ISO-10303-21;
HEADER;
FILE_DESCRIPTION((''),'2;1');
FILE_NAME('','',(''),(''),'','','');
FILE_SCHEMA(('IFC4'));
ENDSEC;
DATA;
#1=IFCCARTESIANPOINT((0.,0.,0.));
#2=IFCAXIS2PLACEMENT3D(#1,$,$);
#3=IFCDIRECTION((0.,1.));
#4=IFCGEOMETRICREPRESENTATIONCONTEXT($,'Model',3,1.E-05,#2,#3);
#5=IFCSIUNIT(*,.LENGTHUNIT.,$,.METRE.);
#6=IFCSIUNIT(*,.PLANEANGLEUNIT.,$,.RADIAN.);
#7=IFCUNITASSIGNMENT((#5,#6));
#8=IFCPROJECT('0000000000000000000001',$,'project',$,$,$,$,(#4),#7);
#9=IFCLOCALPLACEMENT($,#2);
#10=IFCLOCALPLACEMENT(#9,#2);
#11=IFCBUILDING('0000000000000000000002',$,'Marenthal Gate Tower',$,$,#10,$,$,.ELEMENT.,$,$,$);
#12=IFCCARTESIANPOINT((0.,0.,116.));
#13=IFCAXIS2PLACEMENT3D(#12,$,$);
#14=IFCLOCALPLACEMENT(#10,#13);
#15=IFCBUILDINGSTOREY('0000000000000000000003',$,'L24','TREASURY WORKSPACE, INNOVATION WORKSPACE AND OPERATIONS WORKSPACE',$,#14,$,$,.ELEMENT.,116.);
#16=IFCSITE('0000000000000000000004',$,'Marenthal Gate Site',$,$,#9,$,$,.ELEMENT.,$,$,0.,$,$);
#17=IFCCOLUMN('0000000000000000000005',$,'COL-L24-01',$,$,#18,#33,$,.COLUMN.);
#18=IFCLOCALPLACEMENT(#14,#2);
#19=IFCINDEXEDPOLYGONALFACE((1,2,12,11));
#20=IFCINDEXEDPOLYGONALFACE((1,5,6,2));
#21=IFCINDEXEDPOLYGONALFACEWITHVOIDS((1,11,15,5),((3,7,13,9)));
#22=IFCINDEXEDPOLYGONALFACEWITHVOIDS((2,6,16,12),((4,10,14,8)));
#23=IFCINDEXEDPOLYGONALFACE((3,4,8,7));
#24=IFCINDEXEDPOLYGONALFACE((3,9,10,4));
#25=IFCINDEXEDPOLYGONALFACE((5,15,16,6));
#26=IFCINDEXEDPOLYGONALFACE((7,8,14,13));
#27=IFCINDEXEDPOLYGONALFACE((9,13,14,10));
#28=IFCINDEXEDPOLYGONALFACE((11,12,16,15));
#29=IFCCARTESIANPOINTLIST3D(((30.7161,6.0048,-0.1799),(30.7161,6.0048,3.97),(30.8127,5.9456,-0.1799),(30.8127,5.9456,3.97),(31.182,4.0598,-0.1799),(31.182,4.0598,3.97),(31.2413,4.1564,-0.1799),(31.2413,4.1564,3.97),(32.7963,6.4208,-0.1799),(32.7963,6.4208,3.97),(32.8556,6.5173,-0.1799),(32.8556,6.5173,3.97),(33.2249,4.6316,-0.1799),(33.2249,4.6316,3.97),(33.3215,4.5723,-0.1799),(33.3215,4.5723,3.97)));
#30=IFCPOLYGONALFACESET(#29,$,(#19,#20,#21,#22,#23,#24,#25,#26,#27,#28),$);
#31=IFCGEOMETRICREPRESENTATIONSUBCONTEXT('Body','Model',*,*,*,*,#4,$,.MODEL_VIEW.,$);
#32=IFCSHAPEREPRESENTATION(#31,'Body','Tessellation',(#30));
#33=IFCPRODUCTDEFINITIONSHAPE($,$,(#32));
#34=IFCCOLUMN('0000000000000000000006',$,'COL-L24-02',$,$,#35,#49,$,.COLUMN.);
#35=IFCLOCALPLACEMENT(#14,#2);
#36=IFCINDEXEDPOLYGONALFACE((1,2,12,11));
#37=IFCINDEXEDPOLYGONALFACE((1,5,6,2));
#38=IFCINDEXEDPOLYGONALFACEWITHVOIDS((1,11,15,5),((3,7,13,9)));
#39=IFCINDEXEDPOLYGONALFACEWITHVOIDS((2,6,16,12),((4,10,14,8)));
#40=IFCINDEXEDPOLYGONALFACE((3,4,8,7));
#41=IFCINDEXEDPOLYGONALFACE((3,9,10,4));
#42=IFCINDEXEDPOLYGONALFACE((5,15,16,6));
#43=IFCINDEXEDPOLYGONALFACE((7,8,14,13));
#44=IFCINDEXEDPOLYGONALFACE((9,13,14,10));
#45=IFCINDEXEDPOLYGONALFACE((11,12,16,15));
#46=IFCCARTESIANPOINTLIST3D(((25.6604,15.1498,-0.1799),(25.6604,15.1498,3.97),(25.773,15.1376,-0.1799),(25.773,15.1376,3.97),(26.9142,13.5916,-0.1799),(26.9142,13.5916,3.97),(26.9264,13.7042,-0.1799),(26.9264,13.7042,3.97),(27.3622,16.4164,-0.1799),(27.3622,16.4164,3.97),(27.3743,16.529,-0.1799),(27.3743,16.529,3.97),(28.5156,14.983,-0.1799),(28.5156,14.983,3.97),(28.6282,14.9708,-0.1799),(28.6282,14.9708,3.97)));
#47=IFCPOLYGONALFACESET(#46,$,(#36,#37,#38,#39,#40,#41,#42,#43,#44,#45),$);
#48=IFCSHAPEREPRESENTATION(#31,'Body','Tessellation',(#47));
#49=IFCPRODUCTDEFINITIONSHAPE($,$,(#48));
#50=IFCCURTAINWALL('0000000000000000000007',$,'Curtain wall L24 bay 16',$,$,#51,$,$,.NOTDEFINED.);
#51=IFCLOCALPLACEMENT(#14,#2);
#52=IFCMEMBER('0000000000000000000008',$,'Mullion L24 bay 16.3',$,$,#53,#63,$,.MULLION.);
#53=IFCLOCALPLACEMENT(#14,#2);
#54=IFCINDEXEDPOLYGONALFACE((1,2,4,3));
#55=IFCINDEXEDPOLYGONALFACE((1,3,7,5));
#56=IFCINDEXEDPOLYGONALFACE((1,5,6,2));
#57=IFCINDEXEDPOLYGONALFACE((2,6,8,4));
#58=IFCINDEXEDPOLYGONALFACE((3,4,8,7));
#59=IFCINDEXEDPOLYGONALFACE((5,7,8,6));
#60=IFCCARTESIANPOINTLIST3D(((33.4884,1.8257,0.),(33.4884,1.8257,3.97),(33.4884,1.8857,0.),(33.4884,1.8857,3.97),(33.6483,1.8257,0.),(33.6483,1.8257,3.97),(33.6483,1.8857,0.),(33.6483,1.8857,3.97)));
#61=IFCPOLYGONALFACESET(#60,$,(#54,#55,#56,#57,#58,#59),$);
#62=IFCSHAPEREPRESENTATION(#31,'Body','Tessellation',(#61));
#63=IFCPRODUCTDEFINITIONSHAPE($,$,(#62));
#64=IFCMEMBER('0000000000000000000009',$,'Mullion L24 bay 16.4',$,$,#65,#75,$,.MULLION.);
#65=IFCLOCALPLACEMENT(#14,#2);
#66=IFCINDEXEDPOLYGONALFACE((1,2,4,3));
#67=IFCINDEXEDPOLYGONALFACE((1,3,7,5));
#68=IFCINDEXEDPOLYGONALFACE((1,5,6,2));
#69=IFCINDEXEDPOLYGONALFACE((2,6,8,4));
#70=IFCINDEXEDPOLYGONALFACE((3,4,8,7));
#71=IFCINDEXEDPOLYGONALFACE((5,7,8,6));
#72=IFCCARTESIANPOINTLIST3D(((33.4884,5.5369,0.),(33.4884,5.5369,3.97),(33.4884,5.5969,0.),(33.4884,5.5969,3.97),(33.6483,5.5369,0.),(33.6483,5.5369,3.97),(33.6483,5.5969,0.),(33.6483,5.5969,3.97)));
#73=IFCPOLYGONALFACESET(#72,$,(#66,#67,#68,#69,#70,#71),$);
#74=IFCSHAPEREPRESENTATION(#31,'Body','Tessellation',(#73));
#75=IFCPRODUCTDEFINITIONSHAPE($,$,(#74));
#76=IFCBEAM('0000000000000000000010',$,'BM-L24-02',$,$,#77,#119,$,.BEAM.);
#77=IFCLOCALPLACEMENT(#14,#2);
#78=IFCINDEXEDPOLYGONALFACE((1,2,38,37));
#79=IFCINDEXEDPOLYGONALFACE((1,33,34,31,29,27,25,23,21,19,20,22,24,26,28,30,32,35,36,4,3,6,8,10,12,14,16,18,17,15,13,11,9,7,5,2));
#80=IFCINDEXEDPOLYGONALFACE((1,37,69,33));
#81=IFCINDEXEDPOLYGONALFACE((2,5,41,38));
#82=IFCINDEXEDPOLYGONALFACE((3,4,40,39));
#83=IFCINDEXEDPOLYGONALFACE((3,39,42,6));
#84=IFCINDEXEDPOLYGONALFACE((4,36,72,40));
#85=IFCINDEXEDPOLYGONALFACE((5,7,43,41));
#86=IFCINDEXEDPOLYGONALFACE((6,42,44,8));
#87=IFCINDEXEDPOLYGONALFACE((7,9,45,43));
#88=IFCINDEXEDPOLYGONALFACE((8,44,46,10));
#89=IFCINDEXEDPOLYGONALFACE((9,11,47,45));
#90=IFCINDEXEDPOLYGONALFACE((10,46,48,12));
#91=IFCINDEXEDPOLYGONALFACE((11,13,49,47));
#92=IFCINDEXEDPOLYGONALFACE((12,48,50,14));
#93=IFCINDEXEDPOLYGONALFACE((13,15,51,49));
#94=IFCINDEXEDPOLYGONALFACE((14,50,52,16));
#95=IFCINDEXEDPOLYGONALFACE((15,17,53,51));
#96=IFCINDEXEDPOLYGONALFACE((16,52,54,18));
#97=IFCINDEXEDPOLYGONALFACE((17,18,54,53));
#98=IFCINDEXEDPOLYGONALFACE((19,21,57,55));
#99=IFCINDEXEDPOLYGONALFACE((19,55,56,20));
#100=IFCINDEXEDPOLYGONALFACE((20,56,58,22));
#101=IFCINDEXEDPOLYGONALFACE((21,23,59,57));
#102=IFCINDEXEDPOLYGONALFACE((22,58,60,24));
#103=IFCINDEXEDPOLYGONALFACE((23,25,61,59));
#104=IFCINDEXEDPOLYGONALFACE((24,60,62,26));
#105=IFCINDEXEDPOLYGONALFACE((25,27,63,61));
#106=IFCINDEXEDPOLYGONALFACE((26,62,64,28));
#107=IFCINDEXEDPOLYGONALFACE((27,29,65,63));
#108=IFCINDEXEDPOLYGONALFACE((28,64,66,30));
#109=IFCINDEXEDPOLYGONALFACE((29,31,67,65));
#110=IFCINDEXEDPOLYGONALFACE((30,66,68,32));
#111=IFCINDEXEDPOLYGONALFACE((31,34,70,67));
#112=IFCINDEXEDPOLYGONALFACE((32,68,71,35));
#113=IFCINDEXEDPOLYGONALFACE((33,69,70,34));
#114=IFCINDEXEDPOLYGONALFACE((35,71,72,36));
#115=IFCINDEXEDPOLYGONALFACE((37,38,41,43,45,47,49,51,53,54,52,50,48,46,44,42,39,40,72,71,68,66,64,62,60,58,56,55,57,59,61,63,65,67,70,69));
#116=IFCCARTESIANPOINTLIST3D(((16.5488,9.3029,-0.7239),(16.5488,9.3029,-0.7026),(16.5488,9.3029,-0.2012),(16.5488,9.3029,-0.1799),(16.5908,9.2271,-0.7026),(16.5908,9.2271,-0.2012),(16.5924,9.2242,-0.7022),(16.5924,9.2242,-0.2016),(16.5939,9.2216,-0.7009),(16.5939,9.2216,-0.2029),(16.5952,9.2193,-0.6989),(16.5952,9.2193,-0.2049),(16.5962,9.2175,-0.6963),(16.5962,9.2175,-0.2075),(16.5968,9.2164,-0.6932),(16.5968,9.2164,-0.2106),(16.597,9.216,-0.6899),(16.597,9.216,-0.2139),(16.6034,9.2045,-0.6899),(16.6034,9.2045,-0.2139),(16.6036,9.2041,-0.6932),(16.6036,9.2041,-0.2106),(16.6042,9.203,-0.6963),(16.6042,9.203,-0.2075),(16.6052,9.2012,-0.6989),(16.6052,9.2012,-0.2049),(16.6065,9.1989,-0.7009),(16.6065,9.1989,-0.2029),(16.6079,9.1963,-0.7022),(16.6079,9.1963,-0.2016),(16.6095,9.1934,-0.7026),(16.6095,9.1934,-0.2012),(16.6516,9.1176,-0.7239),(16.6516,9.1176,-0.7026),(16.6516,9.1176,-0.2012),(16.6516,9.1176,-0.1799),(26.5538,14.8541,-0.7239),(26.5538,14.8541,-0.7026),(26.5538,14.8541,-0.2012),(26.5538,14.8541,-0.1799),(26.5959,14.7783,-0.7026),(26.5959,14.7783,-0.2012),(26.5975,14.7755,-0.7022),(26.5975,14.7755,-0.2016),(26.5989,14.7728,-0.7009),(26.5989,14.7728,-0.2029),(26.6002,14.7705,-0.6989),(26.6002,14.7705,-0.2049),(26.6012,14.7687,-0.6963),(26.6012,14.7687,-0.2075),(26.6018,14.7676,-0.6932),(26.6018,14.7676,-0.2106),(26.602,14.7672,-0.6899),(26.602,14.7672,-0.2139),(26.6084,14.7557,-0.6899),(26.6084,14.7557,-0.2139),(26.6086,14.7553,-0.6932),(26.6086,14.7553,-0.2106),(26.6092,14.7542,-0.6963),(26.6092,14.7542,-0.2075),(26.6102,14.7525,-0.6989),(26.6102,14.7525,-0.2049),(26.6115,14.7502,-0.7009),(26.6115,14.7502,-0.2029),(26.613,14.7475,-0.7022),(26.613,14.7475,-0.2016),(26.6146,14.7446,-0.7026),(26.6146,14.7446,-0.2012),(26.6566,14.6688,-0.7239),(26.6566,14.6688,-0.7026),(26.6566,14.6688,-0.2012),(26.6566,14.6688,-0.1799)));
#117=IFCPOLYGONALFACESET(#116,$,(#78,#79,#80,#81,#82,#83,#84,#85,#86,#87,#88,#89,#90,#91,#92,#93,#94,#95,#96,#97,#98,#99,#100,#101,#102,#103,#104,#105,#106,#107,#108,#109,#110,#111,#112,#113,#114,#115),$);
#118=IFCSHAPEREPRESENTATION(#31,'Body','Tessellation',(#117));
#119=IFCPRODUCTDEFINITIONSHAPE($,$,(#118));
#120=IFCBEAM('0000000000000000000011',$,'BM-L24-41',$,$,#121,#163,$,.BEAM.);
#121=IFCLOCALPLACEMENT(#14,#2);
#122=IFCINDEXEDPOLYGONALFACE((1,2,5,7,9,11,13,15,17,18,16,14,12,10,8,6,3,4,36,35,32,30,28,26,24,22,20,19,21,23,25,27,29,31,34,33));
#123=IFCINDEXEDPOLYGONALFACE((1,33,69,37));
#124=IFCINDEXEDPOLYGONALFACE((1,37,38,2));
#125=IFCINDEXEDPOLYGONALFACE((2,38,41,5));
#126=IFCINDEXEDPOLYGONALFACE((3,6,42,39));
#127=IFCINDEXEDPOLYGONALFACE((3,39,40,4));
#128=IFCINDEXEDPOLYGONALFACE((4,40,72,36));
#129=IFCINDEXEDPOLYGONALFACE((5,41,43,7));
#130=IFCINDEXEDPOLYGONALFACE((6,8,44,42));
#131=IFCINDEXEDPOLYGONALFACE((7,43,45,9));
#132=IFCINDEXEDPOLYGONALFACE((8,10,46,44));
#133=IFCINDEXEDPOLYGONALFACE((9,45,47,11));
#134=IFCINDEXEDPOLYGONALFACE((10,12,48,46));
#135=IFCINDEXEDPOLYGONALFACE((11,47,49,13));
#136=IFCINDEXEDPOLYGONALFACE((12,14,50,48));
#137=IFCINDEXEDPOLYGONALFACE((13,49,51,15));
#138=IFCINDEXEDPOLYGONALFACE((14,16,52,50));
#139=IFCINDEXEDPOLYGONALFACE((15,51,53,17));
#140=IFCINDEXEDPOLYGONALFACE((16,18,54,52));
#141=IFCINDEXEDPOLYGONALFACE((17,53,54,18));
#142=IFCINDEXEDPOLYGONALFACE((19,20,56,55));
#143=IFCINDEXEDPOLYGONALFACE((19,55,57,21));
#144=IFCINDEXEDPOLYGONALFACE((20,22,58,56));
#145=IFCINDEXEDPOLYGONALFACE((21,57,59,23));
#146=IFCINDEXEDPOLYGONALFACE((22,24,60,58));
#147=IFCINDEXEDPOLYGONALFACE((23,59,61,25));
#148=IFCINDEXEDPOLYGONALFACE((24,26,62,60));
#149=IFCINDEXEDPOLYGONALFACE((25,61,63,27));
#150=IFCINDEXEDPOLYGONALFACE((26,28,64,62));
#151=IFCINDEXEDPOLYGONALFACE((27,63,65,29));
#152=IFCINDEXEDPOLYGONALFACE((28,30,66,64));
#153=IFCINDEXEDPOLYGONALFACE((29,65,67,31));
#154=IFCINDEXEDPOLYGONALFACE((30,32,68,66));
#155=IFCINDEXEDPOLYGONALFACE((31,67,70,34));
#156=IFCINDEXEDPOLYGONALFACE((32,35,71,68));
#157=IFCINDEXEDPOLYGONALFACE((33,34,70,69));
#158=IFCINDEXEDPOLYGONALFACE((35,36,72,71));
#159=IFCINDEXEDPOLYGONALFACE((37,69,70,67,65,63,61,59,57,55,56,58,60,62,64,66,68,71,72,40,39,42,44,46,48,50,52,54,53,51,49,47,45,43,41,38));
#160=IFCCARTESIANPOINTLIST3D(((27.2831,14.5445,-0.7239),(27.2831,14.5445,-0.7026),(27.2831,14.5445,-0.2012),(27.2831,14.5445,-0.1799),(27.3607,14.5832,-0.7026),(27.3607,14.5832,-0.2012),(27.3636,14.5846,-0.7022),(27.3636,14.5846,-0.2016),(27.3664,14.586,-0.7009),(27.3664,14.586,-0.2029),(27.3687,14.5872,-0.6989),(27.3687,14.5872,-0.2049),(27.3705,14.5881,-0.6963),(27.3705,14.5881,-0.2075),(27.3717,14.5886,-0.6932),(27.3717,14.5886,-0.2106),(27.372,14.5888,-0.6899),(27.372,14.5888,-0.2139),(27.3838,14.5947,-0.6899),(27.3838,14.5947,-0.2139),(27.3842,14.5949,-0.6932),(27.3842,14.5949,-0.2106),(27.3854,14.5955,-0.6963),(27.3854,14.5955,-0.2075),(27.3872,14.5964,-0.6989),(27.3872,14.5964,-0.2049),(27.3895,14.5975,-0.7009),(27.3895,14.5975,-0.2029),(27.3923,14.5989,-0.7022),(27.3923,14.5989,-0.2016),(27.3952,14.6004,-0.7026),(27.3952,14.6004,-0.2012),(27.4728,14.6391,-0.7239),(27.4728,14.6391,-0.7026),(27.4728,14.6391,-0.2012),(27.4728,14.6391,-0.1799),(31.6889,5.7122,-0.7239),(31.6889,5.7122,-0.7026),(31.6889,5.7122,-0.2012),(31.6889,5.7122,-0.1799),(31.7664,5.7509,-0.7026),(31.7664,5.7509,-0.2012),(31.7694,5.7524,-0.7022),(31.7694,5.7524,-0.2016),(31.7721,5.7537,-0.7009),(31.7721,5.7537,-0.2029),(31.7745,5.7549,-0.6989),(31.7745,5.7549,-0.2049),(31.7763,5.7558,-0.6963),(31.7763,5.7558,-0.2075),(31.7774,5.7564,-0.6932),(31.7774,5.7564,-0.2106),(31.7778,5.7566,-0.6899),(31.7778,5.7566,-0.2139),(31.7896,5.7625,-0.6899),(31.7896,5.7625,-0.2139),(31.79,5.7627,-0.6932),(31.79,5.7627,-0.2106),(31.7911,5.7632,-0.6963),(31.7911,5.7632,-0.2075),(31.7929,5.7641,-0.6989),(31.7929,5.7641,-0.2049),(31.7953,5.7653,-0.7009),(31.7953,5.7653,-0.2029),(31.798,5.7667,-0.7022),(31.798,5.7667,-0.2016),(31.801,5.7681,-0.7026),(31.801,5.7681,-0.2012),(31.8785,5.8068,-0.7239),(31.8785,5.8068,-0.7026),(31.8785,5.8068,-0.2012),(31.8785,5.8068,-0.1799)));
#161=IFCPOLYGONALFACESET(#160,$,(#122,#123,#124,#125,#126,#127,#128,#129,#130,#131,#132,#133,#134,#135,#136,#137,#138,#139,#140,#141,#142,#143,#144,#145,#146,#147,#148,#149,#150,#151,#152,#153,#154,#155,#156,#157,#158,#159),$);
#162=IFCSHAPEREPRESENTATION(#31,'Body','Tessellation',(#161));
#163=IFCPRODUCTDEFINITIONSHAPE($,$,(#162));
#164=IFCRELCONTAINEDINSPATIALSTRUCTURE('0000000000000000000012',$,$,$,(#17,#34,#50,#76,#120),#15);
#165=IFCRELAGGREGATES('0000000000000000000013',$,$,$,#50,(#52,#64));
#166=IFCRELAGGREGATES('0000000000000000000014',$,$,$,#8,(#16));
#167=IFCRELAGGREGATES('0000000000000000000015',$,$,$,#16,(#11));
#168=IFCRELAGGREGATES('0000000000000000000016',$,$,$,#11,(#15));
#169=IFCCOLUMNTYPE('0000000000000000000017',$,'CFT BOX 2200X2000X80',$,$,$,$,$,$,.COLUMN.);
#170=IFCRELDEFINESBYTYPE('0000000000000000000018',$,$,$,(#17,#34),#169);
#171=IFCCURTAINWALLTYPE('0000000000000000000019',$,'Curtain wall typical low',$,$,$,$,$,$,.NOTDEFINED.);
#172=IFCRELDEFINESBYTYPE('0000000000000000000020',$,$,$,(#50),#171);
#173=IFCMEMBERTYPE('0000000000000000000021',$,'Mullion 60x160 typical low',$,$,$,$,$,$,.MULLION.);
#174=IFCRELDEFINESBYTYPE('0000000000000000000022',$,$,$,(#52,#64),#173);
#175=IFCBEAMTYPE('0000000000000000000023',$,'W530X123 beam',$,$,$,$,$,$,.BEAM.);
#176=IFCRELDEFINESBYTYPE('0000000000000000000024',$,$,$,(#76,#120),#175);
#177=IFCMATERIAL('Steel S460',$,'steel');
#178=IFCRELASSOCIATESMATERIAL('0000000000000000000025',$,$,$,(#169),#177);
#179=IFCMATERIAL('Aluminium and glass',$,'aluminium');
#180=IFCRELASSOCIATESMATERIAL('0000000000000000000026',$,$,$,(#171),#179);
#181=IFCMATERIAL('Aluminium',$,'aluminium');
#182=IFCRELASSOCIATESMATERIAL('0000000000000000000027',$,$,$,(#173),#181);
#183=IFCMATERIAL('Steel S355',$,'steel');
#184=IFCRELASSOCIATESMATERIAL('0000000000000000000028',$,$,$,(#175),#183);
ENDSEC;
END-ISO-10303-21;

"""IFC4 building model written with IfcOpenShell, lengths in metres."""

from ifc_helpers import new_model, si_unit, direction, frame, origin, origin_2d, place, context, subcontext, project, spatial, rectangle, hollow_rectangle, i_section, extrude, material, material_profile, profile_set, type_object, element, aggregate, save


model = new_model("IFC4")

# Units and contexts
model_context = context("Model", 3, precision=1e-05, world=origin(), true_north=direction((0.0, 1.0)))
body_context = subcontext(model_context, "Body", "Model", "MODEL_VIEW")
ifc_project = project(units=[si_unit("LENGTHUNIT", "METRE"), si_unit("PLANEANGLEUNIT", "RADIAN")], contexts=[model_context])

# Site, building, storey
site_placement = place(None, origin())
site = spatial("IfcSite", under=ifc_project, at=site_placement, Name="Marenthal Gate Site", CompositionType="ELEMENT", RefElevation=0.0)
building_placement = place(site_placement, origin())
building = spatial("IfcBuilding", under=site, at=building_placement, Name="Marenthal Gate Tower", CompositionType="ELEMENT")
storey_placement = place(building_placement, frame((0.0, 0.0, 116.0)))
storey = spatial("IfcBuildingStorey", under=building, at=storey_placement, Name="L24", Description="TREASURY WORKSPACE, INNOVATION WORKSPACE AND OPERATIONS WORKSPACE", CompositionType="ELEMENT", Elevation=116.0)

# Columns
ifc_material_1 = material(Name="Steel S460", Category="steel")
ifc_material_profile_1 = material_profile(ifc_material_1, hollow_rectangle(XDim=2.0, YDim=2.2, WallThickness=0.0801, at=origin_2d()), Name="CFT BOX 2200X2000X80")
ifc_material_2 = material(Name="Concrete 70 MPa", Category="concrete")
ifc_material_profile_2 = material_profile(ifc_material_2, rectangle(XDim=1.8401, YDim=2.04, at=origin_2d()), Name="CFT BOX 2200X2000X80 INFILL")
ifc_profile_set_1 = profile_set([ifc_material_profile_1, ifc_material_profile_2], Name="Steel S460 shell, Concrete 70 MPa infill")
column_type = type_object("IfcColumnType", Name="CFT BOX 2200X2000X80", PredefinedType="COLUMN", material=ifc_profile_set_1)
for number, where, z_axis, x_axis, name in (
    (1, (32.0188, 5.2886, -0.1799), (0.0, 0.0, 1.0), (0.232958, -0.972487, 0.0), "COL-L24-01"),
    (2, (27.1443, 15.0603, -0.1799), (0.0, 0.0, 1.0), (0.626918, -0.779085, 0.0), "COL-L24-02"),
):
    element("IfcColumn", number, at=place(storey_placement, frame(where, z_axis=z_axis, x_axis=x_axis)), inside=storey, type_object=column_type, Name=name, PredefinedType="COLUMN", context=body_context, shape_type="SweptSolid", body=[
        extrude(hollow_rectangle(XDim=2.0, YDim=2.2, WallThickness=0.0801, at=origin_2d()), origin(), (0.0, 0.0, 1.0), 4.1499),
    ])

# Curtain wall, members
ifc_material_3 = material(Name="Aluminium and glass", Category="aluminium")
curtain_wall_type = type_object("IfcCurtainWallType", Name="Curtain wall typical low", PredefinedType="NOTDEFINED", material=ifc_material_3)
curtain_wall_placement = place(storey_placement, origin())
curtain_wall = element("IfcCurtainWall", 3, at=curtain_wall_placement, inside=storey, type_object=curtain_wall_type, Name="Curtain wall L24 bay 16", PredefinedType="NOTDEFINED")
ifc_material_4 = material(Name="Aluminium", Category="aluminium")
ifc_material_profile_3 = material_profile(ifc_material_4, rectangle(XDim=0.1599, YDim=0.0601, at=origin_2d()), Name="60x160 aluminium mullion")
ifc_profile_set_2 = profile_set([ifc_material_profile_3], Name="Aluminium")
member_type = type_object("IfcMemberType", Name="Mullion 60x160 typical low", PredefinedType="MULLION", material=ifc_profile_set_2)
member_1_placement = place(storey_placement, frame((33.5684, 1.8557, 0.0), z_axis=(0.0, 0.0, 1.0), x_axis=(-1.0, 0.0, 0.0)))
member_1 = element("IfcMember", 4, at=member_1_placement, type_object=member_type, Name="Mullion L24 bay 16.3", PredefinedType="MULLION", context=body_context, shape_type="SweptSolid", body=[
    extrude(rectangle(XDim=0.1599, YDim=0.0601, at=origin_2d()), origin(), (0.0, 0.0, 1.0), 3.97),
])
member_2_placement = place(storey_placement, frame((33.5684, 5.5669, 0.0), z_axis=(0.0, 0.0, 1.0), x_axis=(-1.0, 0.0, 0.0)))
member_2 = element("IfcMember", 5, at=member_2_placement, type_object=member_type, Name="Mullion L24 bay 16.4", PredefinedType="MULLION", context=body_context, shape_type="SweptSolid", body=[
    extrude(rectangle(XDim=0.1599, YDim=0.0601, at=origin_2d()), origin(), (0.0, 0.0, 1.0), 3.97),
])

# Beams
ifc_material_5 = material(Name="Steel S355", Category="steel")
ifc_material_profile_4 = material_profile(ifc_material_5, i_section(OverallWidth=0.2119, OverallDepth=0.5439, WebThickness=0.0132, FlangeThickness=0.0212, FilletRadius=0.0127, at=origin_2d()), Name="W530X123")
ifc_profile_set_3 = profile_set([ifc_material_profile_4], Name="Steel S355")
beam_type_1 = type_object("IfcBeamType", Name="W530X123 beam", PredefinedType="BEAM", material=ifc_profile_set_3)
beam_1_placement = place(storey_placement, frame((26.6052, 14.7615, -0.4519), z_axis=(-0.874422, -0.485166, 0.0), x_axis=(0.485166, -0.874422, 0.0)))
element("IfcBeam", 6, at=beam_1_placement, inside=storey, type_object=beam_type_1, Name="BM-L24-02", PredefinedType="BEAM", context=body_context, shape_type="SweptSolid", body=[
    extrude(i_section(OverallWidth=0.2119, OverallDepth=0.5439, WebThickness=0.0132, FlangeThickness=0.0212, FilletRadius=0.0127, at=origin_2d()), origin(), (0.0, 0.0, 1.0), 11.4419),
])
beam_2_placement = place(storey_placement, frame((31.7837, 5.7595, -0.4519), z_axis=(-0.446372, 0.894847, 0.0), x_axis=(-0.894847, -0.446372, 0.0)))
element("IfcBeam", 7, at=beam_2_placement, inside=storey, type_object=beam_type_1, Name="BM-L24-41", PredefinedType="BEAM", context=body_context, shape_type="SweptSolid", body=[
    extrude(i_section(OverallWidth=0.2119, OverallDepth=0.5439, WebThickness=0.0132, FlangeThickness=0.0212, FilletRadius=0.0127, at=origin_2d()), origin(), (0.0, 0.0, 1.0), 9.8701),
])

aggregate(curtain_wall, [member_1, member_2])

save(model, "model.ifc")
